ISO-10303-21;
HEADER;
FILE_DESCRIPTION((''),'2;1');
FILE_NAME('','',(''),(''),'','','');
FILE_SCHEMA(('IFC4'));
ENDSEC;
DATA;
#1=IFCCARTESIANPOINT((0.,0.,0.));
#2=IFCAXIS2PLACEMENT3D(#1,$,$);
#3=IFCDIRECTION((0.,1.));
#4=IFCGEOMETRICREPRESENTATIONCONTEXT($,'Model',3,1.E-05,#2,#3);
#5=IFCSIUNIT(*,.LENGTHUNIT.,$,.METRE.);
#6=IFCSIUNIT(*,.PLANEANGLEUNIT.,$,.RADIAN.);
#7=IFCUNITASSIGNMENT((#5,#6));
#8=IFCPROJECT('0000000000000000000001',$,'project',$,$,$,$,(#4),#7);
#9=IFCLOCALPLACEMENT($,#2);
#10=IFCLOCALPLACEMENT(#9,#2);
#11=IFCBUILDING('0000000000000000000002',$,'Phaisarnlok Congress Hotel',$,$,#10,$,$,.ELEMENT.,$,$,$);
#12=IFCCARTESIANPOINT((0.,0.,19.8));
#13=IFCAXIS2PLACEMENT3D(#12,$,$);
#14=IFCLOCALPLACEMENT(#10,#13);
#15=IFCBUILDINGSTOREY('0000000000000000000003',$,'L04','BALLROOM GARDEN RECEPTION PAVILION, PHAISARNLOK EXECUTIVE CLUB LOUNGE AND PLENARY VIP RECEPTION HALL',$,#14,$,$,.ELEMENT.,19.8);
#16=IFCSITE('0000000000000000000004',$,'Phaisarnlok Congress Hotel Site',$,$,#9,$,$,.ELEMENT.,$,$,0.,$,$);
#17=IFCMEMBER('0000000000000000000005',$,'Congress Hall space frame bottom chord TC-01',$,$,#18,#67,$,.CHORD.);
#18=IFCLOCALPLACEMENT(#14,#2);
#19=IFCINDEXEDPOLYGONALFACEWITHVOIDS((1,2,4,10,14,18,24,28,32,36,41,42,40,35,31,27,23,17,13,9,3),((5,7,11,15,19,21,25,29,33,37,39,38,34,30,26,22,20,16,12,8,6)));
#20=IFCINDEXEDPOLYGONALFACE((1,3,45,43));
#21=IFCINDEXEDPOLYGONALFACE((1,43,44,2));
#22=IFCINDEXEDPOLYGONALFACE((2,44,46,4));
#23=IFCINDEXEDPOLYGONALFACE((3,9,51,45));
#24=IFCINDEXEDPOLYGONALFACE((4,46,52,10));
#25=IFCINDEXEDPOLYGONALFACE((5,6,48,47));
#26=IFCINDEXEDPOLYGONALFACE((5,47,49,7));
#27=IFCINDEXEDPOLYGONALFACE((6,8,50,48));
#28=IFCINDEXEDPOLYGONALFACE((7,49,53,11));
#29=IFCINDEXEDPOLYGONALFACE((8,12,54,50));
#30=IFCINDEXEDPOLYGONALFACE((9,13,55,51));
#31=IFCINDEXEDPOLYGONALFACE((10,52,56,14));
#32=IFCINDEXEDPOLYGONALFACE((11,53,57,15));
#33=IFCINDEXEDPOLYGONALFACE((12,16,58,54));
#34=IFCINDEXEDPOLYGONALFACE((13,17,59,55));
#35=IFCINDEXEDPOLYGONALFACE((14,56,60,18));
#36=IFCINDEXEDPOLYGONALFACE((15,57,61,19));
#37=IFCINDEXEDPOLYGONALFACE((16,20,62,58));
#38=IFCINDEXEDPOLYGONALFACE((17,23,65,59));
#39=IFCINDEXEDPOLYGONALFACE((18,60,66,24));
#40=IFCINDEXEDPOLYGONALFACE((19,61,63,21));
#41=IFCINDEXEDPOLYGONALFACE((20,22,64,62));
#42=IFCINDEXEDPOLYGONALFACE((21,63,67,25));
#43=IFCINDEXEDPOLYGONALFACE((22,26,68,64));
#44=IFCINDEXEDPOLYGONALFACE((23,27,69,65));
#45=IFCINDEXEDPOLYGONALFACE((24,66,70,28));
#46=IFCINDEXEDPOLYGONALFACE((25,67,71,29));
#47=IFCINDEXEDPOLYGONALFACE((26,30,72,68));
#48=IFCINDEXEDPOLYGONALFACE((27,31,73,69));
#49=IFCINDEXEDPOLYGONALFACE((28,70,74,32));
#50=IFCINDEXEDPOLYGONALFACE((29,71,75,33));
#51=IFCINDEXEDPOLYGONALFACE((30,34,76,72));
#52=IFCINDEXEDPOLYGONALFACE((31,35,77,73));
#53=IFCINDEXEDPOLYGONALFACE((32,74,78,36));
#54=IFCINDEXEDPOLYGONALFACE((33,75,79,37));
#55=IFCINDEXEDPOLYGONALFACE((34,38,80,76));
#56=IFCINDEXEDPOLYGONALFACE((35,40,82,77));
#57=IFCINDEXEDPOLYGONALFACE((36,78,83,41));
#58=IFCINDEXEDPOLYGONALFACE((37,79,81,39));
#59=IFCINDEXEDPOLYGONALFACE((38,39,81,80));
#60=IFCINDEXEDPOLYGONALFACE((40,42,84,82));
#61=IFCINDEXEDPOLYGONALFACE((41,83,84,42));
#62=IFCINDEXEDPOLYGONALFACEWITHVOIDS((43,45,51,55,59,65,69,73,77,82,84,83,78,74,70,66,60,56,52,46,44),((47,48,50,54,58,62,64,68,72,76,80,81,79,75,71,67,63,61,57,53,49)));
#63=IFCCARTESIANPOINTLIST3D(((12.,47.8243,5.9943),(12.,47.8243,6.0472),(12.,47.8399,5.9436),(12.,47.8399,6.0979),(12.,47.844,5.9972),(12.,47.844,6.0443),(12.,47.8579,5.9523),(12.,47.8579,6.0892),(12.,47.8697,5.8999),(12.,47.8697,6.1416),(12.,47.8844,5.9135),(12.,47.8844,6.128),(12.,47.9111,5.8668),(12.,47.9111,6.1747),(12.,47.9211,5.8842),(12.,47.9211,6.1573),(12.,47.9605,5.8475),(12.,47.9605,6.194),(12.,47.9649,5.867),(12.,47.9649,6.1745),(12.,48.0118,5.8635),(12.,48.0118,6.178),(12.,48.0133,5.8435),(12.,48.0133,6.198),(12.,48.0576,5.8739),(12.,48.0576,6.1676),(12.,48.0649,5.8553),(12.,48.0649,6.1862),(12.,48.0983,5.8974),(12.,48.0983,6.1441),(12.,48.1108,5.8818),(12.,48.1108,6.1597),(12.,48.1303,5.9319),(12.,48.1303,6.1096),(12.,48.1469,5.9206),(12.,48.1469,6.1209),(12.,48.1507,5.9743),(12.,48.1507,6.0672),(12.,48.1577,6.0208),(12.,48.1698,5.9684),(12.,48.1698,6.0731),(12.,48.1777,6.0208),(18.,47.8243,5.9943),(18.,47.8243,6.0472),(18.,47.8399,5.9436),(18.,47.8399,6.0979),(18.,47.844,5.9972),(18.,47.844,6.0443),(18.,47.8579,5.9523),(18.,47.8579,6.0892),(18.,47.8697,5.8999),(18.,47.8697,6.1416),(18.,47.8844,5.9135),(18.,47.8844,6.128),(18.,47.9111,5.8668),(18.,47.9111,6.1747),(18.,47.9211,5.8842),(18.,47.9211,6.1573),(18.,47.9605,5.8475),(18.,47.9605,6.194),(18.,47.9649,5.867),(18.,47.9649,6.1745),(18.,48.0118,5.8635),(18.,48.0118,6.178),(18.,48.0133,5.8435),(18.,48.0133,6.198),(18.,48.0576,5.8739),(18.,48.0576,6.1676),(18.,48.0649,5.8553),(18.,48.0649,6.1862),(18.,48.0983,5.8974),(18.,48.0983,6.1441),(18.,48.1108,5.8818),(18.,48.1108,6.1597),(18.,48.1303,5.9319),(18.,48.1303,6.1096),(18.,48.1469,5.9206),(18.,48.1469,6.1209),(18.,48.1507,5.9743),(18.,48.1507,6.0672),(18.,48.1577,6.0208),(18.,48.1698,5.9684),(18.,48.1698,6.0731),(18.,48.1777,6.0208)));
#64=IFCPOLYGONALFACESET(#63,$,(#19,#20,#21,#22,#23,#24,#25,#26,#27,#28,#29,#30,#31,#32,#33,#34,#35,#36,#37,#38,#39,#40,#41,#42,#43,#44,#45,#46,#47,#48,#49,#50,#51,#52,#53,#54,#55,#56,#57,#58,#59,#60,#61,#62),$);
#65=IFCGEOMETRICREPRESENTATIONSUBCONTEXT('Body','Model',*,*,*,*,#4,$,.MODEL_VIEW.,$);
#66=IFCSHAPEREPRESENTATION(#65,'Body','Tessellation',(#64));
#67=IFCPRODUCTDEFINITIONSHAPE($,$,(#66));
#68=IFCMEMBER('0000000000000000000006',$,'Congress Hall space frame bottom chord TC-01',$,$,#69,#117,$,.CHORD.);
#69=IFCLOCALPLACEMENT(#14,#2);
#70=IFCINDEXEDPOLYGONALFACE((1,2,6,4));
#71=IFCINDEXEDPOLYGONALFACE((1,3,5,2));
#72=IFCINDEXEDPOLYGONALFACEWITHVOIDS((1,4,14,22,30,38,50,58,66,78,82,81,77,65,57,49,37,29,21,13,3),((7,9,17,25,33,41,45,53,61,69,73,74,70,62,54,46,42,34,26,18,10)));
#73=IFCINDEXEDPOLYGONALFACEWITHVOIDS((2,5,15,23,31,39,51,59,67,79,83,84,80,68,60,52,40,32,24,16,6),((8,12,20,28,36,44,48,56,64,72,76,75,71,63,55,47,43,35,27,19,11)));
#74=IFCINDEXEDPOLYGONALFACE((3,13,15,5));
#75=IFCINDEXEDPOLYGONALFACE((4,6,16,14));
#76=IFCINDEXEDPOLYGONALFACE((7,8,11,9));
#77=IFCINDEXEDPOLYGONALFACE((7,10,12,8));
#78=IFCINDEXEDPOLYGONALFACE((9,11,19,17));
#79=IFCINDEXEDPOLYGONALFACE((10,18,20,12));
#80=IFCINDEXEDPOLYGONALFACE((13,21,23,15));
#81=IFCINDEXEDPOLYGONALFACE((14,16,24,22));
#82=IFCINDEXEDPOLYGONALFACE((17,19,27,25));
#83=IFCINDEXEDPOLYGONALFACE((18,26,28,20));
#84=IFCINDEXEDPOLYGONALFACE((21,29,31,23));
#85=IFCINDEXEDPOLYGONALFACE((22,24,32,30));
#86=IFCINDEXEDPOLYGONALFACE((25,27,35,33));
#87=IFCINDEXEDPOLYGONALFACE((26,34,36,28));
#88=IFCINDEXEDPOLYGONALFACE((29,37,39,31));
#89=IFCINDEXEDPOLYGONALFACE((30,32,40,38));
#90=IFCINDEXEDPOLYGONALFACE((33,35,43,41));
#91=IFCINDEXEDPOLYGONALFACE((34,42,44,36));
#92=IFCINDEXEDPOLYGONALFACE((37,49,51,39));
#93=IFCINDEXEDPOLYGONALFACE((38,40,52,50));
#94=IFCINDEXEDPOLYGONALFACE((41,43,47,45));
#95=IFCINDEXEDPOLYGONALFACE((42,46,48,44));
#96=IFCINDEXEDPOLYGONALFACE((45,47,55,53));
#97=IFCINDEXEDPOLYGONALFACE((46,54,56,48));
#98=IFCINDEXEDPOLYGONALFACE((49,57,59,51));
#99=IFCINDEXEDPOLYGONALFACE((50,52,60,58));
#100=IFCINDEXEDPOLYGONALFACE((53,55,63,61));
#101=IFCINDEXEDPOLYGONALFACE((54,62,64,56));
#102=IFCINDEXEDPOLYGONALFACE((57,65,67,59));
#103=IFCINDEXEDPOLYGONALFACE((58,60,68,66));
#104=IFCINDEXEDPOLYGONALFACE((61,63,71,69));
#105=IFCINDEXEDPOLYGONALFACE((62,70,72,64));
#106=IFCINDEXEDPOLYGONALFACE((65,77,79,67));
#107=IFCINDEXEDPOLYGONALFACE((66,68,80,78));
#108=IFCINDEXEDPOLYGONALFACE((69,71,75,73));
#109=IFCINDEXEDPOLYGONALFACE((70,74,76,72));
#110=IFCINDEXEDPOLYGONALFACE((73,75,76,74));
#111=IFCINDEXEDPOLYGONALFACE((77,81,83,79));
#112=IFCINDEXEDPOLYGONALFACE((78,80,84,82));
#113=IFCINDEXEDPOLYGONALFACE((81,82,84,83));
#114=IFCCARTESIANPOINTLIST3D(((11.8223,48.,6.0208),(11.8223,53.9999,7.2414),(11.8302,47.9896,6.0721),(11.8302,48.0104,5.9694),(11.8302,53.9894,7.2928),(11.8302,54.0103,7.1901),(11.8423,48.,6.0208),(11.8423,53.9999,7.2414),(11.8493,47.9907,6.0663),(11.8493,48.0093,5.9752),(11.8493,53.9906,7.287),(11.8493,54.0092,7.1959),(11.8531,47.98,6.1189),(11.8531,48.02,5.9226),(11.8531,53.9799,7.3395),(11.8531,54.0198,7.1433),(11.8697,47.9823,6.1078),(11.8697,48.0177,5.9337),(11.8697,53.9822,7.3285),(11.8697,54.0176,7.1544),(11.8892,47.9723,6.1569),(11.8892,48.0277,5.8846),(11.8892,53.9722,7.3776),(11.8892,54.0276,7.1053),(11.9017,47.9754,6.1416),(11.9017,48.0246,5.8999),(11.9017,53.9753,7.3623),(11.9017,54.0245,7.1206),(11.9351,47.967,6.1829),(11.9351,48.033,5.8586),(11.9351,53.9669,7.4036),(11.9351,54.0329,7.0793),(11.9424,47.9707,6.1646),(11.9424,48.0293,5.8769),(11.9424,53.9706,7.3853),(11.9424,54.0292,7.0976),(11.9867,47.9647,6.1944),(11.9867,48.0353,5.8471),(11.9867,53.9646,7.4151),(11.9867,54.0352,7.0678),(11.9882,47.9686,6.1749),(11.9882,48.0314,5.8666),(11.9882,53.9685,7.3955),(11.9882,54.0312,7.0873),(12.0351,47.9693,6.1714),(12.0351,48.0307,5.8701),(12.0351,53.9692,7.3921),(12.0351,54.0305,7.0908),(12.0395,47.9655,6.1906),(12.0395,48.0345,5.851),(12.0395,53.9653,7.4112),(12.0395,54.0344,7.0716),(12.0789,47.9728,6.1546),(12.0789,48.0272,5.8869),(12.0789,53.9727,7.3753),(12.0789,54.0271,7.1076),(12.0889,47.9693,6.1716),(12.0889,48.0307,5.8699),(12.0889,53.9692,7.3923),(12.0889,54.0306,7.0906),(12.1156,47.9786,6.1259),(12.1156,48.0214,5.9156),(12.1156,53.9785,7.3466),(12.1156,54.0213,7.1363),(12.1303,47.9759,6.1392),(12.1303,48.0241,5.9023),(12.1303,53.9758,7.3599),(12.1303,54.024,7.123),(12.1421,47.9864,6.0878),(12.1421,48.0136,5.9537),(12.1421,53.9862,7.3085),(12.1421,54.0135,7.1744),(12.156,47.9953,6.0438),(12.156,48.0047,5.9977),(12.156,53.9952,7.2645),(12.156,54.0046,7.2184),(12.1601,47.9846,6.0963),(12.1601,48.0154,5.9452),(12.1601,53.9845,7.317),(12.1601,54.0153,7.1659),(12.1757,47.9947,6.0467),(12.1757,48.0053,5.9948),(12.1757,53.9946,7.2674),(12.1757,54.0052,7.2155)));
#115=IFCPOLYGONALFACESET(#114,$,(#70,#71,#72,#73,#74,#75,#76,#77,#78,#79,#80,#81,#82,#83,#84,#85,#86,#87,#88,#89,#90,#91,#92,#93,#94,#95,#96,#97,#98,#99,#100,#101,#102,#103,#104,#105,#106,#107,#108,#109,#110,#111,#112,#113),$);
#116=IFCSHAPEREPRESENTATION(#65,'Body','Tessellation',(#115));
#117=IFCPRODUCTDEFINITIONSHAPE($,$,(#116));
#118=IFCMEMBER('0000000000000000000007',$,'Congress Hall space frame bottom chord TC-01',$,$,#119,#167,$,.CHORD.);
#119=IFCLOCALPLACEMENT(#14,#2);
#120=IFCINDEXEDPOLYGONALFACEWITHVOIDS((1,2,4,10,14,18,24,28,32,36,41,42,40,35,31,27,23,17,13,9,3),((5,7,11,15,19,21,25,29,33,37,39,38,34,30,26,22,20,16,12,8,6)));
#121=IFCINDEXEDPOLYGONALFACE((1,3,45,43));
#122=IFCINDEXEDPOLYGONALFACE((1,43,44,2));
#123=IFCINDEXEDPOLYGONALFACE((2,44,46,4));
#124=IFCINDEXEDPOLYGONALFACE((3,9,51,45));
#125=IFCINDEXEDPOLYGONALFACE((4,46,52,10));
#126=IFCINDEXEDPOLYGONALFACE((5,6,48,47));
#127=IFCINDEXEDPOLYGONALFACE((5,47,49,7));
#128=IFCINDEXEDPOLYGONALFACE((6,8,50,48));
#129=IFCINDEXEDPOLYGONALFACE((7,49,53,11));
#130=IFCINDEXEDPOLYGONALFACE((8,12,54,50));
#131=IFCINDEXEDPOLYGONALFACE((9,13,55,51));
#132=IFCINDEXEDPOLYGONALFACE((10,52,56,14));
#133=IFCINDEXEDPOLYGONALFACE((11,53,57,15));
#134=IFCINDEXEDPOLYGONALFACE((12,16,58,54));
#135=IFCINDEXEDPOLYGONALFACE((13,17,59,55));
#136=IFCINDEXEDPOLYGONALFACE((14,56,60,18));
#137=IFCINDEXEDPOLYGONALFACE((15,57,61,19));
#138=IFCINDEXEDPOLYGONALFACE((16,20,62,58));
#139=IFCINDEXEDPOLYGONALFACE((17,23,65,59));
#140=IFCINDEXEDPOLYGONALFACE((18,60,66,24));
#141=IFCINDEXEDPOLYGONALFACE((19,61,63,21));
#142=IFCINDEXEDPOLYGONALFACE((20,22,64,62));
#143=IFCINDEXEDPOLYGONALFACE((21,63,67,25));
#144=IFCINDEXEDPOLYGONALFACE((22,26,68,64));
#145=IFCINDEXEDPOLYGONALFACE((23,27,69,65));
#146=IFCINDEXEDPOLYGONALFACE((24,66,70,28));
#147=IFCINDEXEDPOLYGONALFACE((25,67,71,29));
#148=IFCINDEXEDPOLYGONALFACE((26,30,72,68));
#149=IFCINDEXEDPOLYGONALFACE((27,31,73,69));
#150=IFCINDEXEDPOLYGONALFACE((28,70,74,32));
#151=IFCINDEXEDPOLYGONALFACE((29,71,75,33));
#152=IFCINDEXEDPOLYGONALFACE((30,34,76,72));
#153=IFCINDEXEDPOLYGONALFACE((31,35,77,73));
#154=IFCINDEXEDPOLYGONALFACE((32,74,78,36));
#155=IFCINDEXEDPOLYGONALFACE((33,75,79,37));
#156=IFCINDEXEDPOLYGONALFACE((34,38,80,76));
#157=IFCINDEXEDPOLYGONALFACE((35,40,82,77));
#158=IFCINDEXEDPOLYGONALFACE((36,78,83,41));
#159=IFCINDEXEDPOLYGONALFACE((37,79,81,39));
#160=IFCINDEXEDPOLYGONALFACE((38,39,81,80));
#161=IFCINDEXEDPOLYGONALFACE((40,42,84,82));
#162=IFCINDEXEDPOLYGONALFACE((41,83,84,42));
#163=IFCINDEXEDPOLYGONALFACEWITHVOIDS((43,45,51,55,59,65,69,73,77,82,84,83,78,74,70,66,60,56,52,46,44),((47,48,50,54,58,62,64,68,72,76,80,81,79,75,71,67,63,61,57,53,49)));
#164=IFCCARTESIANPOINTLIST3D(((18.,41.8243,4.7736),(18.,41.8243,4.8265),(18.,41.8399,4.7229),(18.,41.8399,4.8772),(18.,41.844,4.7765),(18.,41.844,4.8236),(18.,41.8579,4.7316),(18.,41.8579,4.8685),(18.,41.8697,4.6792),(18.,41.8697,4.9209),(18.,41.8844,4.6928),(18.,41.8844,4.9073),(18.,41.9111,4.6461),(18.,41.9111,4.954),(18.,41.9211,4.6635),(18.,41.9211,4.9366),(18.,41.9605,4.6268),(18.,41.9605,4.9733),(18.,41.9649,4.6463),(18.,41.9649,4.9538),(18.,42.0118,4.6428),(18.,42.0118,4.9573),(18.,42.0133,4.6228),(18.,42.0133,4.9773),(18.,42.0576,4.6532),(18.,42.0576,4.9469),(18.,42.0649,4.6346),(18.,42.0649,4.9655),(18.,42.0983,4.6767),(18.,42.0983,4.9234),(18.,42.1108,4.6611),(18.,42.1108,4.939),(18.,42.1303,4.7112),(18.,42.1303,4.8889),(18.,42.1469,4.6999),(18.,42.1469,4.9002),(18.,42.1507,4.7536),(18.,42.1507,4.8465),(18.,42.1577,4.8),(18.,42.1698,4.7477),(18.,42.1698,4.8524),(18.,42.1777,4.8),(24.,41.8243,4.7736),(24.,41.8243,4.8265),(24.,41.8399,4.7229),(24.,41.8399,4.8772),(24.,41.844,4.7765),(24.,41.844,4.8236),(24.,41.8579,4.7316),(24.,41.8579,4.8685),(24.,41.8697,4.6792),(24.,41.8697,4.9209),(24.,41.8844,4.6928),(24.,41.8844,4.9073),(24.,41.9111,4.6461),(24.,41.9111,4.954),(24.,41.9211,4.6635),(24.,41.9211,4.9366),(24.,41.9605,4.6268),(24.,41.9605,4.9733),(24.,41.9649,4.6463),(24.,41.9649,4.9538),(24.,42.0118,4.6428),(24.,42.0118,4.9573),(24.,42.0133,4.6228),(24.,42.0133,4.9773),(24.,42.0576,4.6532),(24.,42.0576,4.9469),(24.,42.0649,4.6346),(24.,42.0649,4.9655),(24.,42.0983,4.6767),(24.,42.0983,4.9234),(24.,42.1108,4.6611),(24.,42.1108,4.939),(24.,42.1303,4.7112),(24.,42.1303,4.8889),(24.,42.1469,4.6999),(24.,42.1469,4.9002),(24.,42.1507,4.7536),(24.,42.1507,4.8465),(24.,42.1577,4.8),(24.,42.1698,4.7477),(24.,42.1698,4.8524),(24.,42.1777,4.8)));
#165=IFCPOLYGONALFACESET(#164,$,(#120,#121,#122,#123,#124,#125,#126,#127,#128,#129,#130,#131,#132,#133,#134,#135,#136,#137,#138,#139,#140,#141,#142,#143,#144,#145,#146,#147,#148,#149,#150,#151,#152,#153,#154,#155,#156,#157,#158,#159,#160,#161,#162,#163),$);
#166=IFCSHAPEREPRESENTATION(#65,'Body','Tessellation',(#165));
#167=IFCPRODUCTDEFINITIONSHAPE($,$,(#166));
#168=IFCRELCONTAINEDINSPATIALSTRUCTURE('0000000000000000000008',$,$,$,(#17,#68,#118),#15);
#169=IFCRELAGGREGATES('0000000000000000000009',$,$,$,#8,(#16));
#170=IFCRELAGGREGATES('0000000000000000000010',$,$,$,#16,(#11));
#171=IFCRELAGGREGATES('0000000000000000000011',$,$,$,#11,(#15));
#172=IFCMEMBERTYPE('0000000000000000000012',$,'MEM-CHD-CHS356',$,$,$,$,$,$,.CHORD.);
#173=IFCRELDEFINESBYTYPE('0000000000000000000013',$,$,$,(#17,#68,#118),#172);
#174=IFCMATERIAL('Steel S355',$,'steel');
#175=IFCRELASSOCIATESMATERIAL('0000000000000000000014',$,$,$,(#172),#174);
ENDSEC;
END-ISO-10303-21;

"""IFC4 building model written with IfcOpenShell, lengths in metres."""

from ifc_helpers import new_model, si_unit, direction, frame, origin, origin_2d, place, context, subcontext, project, spatial, hollow_circle, extrude, material, material_profile, profile_set, type_object, element, save


model = new_model("IFC4")

# Units and contexts
model_context = context("Model", 3, precision=1e-05, world=origin(), true_north=direction((0.0, 1.0)))
body_context = subcontext(model_context, "Body", "Model", "MODEL_VIEW")
ifc_project = project(units=[si_unit("LENGTHUNIT", "METRE"), si_unit("PLANEANGLEUNIT", "RADIAN")], contexts=[model_context])

# Site, building, storey
site_placement = place(None, origin())
site = spatial("IfcSite", under=ifc_project, at=site_placement, Name="Phaisarnlok Congress Hotel Site", CompositionType="ELEMENT", RefElevation=0.0)
building_placement = place(site_placement, origin())
building = spatial("IfcBuilding", under=site, at=building_placement, Name="Phaisarnlok Congress Hotel", CompositionType="ELEMENT")
storey_placement = place(building_placement, frame((0.0, 0.0, 19.8)))
storey = spatial("IfcBuildingStorey", under=building, at=storey_placement, Name="L04", Description="BALLROOM GARDEN RECEPTION PAVILION, PHAISARNLOK EXECUTIVE CLUB LOUNGE AND PLENARY VIP RECEPTION HALL", CompositionType="ELEMENT", Elevation=19.8)

# Members
ifc_material_1 = material(Name="Steel S355", Category="steel")
ifc_material_profile_1 = material_profile(ifc_material_1, hollow_circle(Radius=0.1777, WallThickness=0.02, at=origin_2d()), Name="CHS 355.6x20")
ifc_profile_set_1 = profile_set([ifc_material_profile_1], Name="Steel S355")
member_type_1 = type_object("IfcMemberType", Name="MEM-CHD-CHS356", PredefinedType="CHORD", material=ifc_profile_set_1)
member_1_placement = place(storey_placement, frame((12.0, 48.0, 6.0208), z_axis=(1.0, 0.0, 0.0), x_axis=(0.0, 1.0, 0.0)))
element("IfcMember", 1, at=member_1_placement, inside=storey, type_object=member_type_1, Name="Congress Hall space frame bottom chord TC-01", PredefinedType="CHORD", context=body_context, shape_type="SweptSolid", body=[
    extrude(hollow_circle(Radius=0.1777, WallThickness=0.02, at=origin_2d()), origin(), (0.0, 0.0, 1.0), 6.0),
])
member_2_placement = place(storey_placement, frame((12.0, 48.0, 6.0208), z_axis=(0.0, 0.979925, 0.199366), x_axis=(-1.0, 0.0, 0.0)))
element("IfcMember", 2, at=member_2_placement, inside=storey, type_object=member_type_1, Name="Congress Hall space frame bottom chord TC-01", PredefinedType="CHORD", context=body_context, shape_type="SweptSolid", body=[
    extrude(hollow_circle(Radius=0.1777, WallThickness=0.02, at=origin_2d()), origin(), (0.0, 0.0, 1.0), 6.1228),
])
member_3_placement = place(storey_placement, frame((18.0, 42.0, 4.8), z_axis=(1.0, 0.0, 0.0), x_axis=(0.0, 1.0, 0.0)))
element("IfcMember", 3, at=member_3_placement, inside=storey, type_object=member_type_1, Name="Congress Hall space frame bottom chord TC-01", PredefinedType="CHORD", context=body_context, shape_type="SweptSolid", body=[
    extrude(hollow_circle(Radius=0.1777, WallThickness=0.02, at=origin_2d()), origin(), (0.0, 0.0, 1.0), 6.0),
])

save(model, "model.ifc")
